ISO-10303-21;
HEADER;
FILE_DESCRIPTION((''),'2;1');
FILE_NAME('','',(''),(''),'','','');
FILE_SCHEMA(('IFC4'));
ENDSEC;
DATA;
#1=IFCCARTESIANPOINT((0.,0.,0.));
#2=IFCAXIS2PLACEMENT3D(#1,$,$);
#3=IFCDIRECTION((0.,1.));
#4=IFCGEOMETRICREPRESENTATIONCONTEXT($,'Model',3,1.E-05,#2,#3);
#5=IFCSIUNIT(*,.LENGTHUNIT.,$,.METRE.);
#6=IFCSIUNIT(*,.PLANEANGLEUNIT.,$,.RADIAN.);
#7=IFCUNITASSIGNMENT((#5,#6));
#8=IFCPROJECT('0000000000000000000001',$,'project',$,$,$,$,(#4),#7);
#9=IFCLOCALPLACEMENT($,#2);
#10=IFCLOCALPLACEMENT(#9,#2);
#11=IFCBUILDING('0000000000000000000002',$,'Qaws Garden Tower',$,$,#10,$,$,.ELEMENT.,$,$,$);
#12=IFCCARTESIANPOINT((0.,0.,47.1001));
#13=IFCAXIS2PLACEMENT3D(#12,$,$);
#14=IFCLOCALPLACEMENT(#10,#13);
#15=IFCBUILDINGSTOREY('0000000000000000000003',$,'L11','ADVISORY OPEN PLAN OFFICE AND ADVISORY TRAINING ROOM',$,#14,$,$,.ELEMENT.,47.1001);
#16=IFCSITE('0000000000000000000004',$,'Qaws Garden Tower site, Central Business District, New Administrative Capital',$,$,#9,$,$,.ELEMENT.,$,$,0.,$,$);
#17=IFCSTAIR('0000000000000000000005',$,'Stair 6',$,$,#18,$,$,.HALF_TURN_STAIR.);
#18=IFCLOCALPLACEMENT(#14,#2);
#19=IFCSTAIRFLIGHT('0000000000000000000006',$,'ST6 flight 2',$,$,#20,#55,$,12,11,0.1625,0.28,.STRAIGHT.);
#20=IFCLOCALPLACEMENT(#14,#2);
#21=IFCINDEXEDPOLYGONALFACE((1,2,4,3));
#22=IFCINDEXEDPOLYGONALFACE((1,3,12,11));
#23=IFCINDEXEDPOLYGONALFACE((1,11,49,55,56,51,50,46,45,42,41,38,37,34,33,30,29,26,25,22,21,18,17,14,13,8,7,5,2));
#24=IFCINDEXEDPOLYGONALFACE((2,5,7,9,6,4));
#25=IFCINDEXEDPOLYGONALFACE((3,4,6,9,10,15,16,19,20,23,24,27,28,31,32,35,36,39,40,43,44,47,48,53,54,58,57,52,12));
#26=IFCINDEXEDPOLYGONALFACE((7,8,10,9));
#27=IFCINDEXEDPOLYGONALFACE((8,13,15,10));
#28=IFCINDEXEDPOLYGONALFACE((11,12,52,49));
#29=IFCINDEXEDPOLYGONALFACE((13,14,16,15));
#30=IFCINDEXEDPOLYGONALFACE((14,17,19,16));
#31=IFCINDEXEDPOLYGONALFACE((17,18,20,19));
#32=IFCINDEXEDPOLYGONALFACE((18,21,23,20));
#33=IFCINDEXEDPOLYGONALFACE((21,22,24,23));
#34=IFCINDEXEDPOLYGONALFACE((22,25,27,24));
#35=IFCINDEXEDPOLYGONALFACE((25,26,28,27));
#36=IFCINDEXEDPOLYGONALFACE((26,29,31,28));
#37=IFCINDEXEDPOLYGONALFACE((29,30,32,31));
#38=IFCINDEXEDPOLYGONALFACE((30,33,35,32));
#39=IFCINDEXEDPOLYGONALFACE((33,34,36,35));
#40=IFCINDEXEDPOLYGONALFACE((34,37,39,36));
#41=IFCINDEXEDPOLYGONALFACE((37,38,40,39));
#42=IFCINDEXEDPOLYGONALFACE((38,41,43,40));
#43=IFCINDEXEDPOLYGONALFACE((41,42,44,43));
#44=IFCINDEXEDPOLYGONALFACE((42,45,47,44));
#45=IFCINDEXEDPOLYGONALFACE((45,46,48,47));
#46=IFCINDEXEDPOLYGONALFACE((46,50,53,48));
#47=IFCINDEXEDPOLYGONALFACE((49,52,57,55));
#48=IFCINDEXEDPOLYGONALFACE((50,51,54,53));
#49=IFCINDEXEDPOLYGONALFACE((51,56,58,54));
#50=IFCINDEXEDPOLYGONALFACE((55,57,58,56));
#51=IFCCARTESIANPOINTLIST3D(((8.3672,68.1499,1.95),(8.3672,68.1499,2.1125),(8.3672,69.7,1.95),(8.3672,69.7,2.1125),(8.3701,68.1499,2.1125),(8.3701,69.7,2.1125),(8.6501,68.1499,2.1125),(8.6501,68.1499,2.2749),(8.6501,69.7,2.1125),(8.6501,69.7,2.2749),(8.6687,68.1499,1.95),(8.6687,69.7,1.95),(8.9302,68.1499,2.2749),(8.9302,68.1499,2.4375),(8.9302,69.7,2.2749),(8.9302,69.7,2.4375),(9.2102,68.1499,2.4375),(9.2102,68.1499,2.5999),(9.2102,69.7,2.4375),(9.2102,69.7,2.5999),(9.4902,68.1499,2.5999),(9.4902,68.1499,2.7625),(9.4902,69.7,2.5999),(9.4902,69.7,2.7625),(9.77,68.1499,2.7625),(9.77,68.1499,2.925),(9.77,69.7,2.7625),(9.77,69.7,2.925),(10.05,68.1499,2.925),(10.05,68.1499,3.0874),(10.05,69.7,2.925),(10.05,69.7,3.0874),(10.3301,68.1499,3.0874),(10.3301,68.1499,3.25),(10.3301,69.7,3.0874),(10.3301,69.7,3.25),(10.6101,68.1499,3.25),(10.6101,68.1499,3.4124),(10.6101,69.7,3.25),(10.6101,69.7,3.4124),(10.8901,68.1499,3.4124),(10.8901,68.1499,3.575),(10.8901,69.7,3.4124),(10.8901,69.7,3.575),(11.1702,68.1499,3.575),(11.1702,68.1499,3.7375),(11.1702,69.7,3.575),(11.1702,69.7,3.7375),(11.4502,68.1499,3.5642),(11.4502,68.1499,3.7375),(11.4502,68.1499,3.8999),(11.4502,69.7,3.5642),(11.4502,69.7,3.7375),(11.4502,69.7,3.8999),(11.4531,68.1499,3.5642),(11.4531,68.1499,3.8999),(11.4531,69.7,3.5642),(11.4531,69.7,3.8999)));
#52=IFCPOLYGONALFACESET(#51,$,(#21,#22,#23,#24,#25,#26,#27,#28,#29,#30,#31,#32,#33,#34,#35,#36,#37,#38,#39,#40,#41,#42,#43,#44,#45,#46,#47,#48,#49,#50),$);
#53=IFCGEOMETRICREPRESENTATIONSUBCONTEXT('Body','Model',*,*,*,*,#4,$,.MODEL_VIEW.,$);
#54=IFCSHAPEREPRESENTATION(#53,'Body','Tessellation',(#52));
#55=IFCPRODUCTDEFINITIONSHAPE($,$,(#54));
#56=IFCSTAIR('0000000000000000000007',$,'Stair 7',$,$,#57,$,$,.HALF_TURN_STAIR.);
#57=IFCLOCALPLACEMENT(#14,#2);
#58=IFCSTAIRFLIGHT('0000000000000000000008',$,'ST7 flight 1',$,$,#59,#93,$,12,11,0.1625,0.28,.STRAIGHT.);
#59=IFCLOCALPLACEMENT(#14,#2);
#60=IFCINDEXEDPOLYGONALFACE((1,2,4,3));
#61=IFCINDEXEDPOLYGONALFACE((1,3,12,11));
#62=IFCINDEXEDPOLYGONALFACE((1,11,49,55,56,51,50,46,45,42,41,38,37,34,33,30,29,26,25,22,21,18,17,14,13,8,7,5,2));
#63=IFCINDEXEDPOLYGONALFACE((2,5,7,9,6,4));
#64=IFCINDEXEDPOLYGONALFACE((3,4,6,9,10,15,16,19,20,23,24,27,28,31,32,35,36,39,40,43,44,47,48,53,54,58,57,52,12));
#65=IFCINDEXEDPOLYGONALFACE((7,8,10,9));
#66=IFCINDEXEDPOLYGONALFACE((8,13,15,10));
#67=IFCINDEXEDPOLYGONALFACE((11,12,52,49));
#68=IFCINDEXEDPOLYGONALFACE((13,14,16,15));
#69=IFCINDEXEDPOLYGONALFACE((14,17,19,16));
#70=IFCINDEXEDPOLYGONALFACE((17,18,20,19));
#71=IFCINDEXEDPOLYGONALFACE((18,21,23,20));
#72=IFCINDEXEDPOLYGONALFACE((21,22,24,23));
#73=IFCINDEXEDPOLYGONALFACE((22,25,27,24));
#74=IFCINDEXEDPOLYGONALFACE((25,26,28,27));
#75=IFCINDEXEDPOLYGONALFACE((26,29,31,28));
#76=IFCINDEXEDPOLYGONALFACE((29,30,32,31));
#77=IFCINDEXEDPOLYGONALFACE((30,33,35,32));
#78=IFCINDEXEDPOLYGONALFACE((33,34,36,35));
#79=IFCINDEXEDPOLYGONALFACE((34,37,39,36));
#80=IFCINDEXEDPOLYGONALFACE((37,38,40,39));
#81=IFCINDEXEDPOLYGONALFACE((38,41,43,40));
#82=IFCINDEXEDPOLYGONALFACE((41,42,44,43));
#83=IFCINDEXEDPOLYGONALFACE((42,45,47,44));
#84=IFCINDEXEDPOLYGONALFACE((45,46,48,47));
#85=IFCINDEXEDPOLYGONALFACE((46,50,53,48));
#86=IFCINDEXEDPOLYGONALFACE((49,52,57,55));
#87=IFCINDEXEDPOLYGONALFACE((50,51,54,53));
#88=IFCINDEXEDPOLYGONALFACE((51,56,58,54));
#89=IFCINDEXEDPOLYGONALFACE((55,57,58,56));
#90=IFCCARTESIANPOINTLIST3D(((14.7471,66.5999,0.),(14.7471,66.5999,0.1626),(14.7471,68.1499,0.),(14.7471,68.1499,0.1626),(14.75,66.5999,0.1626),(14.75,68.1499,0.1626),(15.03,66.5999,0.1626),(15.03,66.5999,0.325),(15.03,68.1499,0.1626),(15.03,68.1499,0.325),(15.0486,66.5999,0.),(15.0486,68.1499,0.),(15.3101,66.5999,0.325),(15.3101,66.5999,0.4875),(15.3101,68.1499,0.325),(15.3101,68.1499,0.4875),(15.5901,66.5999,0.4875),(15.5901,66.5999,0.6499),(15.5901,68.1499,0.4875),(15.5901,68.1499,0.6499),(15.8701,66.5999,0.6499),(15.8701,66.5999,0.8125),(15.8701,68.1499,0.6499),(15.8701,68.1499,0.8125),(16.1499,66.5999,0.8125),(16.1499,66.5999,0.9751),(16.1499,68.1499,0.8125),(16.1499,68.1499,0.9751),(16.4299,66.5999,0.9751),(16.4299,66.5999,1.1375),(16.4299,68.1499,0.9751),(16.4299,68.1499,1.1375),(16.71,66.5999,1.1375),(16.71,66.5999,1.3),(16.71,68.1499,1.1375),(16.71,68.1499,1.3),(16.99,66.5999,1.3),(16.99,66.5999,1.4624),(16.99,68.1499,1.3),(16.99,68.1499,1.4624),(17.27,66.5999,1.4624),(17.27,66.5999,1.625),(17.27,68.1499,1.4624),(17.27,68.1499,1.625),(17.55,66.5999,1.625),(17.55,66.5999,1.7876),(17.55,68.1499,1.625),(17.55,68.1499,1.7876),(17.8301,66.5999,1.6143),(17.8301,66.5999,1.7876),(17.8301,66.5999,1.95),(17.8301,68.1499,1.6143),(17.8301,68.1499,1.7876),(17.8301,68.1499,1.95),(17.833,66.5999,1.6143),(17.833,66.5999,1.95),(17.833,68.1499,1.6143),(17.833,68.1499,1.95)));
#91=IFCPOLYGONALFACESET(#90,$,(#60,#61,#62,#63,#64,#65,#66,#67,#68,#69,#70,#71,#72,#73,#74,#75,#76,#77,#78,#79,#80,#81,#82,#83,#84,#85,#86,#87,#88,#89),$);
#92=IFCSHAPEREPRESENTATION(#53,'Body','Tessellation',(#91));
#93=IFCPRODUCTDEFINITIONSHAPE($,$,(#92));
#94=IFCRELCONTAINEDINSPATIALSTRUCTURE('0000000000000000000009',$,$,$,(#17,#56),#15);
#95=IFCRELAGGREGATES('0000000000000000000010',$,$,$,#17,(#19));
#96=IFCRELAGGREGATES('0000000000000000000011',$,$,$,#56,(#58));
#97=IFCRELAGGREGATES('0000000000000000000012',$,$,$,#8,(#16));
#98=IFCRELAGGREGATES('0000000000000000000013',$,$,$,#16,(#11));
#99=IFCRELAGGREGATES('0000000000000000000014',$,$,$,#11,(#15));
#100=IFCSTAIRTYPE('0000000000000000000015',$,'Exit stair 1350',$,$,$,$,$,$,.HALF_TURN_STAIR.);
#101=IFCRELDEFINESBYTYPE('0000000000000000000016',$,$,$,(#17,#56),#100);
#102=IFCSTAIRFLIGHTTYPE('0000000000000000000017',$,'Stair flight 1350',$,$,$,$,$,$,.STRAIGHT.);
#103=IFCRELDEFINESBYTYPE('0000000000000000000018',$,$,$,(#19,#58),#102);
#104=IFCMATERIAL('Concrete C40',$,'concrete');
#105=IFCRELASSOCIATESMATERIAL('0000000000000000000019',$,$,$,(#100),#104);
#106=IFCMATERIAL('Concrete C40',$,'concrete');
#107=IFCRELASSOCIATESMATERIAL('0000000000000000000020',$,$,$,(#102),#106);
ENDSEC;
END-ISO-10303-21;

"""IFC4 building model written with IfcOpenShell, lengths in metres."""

from ifc_helpers import new_model, si_unit, direction, frame, origin, place, context, subcontext, project, spatial, polyline, outline, extrude, material, type_object, element, aggregate, save


model = new_model("IFC4")

# Units and contexts
model_context = context("Model", 3, precision=1e-05, world=origin(), true_north=direction((0.0, 1.0)))
body_context = subcontext(model_context, "Body", "Model", "MODEL_VIEW")
ifc_project = project(units=[si_unit("LENGTHUNIT", "METRE"), si_unit("PLANEANGLEUNIT", "RADIAN")], contexts=[model_context])

# Site, building, storey
site_placement = place(None, origin())
site = spatial("IfcSite", under=ifc_project, at=site_placement, Name="Qaws Garden Tower site, Central Business District, New Administrative Capital", CompositionType="ELEMENT", RefElevation=0.0)
building_placement = place(site_placement, origin())
building = spatial("IfcBuilding", under=site, at=building_placement, Name="Qaws Garden Tower", CompositionType="ELEMENT")
storey_placement = place(building_placement, frame((0.0, 0.0, 47.1001)))
storey = spatial("IfcBuildingStorey", under=building, at=storey_placement, Name="L11", Description="ADVISORY OPEN PLAN OFFICE AND ADVISORY TRAINING ROOM", CompositionType="ELEMENT", Elevation=47.1001)

# Stair, stair flight
ifc_material_1 = material(Name="Concrete C40", Category="concrete")
stair_type = type_object("IfcStairType", Name="Exit stair 1350", PredefinedType="HALF_TURN_STAIR", material=ifc_material_1)
placement = place(storey_placement, origin())
stair_1 = element("IfcStair", 1, at=placement, inside=storey, type_object=stair_type, Name="Stair 6", PredefinedType="HALF_TURN_STAIR")
ifc_material_2 = material(Name="Concrete C40", Category="concrete")
stair_flight_type = type_object("IfcStairFlightType", Name="Stair flight 1350", PredefinedType="STRAIGHT", material=ifc_material_2)
stair_flight_1_placement = place(storey_placement, frame((8.3701, 68.925, 1.95), z_axis=(0.0, 0.0, 1.0), x_axis=(1.0, 0.0, 0.0)))
stair_flight_1 = element("IfcStairFlight", 2, at=stair_flight_1_placement, type_object=stair_flight_type, Name="ST6 flight 2", NumberOfRisers=12, NumberOfTreads=11, PredefinedType="STRAIGHT", RiserHeight=0.1625, TreadLength=0.28, context=body_context, shape_type="SweptSolid", body=[
    extrude(outline(polyline([(-0.0029, 0.0), (-0.0029, 0.1626), (0.0, 0.1626), (0.28, 0.1626), (0.28, 0.325), (0.5601, 0.325), (0.5601, 0.4875), (0.8401, 0.4875), (0.8401, 0.6499), (1.1201, 0.6499), (1.1201, 0.8125), (1.3999, 0.8125), (1.3999, 0.9751), (1.6799, 0.9751), (1.6799, 1.1375), (1.96, 1.1375), (1.96, 1.3), (2.24, 1.3), (2.24, 1.4624), (2.52, 1.4624), (2.52, 1.625), (2.8, 1.625), (2.8, 1.7876), (3.0801, 1.7876), (3.0801, 1.95), (3.083, 1.95), (3.083, 1.6143), (3.0801, 1.6143), (0.2986, 0.0), (-0.0029, 0.0)])), frame((0.0, 0.7749, 0.0), z_axis=(0.0, -1.0, 0.0), x_axis=(1.0, 0.0, 0.0)), (0.0, 0.0, 1.0), 1.55),
])
aggregate(stair_1, [stair_flight_1])

# Stair, stair flight
stair_2 = element("IfcStair", 3, at=placement, inside=storey, type_object=stair_type, Name="Stair 7", PredefinedType="HALF_TURN_STAIR")
stair_flight_2_placement = place(storey_placement, frame((14.75, 67.375, 0.0), z_axis=(0.0, 0.0, 1.0), x_axis=(1.0, 0.0, 0.0)))
stair_flight_2 = element("IfcStairFlight", 4, at=stair_flight_2_placement, type_object=stair_flight_type, Name="ST7 flight 1", NumberOfRisers=12, NumberOfTreads=11, PredefinedType="STRAIGHT", RiserHeight=0.1625, TreadLength=0.28, context=body_context, shape_type="SweptSolid", body=[
    extrude(outline(polyline([(-0.0029, 0.0), (-0.0029, 0.1626), (0.0, 0.1626), (0.28, 0.1626), (0.28, 0.325), (0.5601, 0.325), (0.5601, 0.4875), (0.8401, 0.4875), (0.8401, 0.6499), (1.1201, 0.6499), (1.1201, 0.8125), (1.3999, 0.8125), (1.3999, 0.9751), (1.6799, 0.9751), (1.6799, 1.1375), (1.96, 1.1375), (1.96, 1.3), (2.24, 1.3), (2.24, 1.4624), (2.52, 1.4624), (2.52, 1.625), (2.8, 1.625), (2.8, 1.7876), (3.0801, 1.7876), (3.0801, 1.95), (3.083, 1.95), (3.083, 1.6143), (3.0801, 1.6143), (0.2986, 0.0), (-0.0029, 0.0)])), frame((0.0, 0.7749, 0.0), z_axis=(0.0, -1.0, 0.0), x_axis=(1.0, 0.0, 0.0)), (0.0, 0.0, 1.0), 1.55),
])
aggregate(stair_2, [stair_flight_2])

save(model, "model.ifc")
